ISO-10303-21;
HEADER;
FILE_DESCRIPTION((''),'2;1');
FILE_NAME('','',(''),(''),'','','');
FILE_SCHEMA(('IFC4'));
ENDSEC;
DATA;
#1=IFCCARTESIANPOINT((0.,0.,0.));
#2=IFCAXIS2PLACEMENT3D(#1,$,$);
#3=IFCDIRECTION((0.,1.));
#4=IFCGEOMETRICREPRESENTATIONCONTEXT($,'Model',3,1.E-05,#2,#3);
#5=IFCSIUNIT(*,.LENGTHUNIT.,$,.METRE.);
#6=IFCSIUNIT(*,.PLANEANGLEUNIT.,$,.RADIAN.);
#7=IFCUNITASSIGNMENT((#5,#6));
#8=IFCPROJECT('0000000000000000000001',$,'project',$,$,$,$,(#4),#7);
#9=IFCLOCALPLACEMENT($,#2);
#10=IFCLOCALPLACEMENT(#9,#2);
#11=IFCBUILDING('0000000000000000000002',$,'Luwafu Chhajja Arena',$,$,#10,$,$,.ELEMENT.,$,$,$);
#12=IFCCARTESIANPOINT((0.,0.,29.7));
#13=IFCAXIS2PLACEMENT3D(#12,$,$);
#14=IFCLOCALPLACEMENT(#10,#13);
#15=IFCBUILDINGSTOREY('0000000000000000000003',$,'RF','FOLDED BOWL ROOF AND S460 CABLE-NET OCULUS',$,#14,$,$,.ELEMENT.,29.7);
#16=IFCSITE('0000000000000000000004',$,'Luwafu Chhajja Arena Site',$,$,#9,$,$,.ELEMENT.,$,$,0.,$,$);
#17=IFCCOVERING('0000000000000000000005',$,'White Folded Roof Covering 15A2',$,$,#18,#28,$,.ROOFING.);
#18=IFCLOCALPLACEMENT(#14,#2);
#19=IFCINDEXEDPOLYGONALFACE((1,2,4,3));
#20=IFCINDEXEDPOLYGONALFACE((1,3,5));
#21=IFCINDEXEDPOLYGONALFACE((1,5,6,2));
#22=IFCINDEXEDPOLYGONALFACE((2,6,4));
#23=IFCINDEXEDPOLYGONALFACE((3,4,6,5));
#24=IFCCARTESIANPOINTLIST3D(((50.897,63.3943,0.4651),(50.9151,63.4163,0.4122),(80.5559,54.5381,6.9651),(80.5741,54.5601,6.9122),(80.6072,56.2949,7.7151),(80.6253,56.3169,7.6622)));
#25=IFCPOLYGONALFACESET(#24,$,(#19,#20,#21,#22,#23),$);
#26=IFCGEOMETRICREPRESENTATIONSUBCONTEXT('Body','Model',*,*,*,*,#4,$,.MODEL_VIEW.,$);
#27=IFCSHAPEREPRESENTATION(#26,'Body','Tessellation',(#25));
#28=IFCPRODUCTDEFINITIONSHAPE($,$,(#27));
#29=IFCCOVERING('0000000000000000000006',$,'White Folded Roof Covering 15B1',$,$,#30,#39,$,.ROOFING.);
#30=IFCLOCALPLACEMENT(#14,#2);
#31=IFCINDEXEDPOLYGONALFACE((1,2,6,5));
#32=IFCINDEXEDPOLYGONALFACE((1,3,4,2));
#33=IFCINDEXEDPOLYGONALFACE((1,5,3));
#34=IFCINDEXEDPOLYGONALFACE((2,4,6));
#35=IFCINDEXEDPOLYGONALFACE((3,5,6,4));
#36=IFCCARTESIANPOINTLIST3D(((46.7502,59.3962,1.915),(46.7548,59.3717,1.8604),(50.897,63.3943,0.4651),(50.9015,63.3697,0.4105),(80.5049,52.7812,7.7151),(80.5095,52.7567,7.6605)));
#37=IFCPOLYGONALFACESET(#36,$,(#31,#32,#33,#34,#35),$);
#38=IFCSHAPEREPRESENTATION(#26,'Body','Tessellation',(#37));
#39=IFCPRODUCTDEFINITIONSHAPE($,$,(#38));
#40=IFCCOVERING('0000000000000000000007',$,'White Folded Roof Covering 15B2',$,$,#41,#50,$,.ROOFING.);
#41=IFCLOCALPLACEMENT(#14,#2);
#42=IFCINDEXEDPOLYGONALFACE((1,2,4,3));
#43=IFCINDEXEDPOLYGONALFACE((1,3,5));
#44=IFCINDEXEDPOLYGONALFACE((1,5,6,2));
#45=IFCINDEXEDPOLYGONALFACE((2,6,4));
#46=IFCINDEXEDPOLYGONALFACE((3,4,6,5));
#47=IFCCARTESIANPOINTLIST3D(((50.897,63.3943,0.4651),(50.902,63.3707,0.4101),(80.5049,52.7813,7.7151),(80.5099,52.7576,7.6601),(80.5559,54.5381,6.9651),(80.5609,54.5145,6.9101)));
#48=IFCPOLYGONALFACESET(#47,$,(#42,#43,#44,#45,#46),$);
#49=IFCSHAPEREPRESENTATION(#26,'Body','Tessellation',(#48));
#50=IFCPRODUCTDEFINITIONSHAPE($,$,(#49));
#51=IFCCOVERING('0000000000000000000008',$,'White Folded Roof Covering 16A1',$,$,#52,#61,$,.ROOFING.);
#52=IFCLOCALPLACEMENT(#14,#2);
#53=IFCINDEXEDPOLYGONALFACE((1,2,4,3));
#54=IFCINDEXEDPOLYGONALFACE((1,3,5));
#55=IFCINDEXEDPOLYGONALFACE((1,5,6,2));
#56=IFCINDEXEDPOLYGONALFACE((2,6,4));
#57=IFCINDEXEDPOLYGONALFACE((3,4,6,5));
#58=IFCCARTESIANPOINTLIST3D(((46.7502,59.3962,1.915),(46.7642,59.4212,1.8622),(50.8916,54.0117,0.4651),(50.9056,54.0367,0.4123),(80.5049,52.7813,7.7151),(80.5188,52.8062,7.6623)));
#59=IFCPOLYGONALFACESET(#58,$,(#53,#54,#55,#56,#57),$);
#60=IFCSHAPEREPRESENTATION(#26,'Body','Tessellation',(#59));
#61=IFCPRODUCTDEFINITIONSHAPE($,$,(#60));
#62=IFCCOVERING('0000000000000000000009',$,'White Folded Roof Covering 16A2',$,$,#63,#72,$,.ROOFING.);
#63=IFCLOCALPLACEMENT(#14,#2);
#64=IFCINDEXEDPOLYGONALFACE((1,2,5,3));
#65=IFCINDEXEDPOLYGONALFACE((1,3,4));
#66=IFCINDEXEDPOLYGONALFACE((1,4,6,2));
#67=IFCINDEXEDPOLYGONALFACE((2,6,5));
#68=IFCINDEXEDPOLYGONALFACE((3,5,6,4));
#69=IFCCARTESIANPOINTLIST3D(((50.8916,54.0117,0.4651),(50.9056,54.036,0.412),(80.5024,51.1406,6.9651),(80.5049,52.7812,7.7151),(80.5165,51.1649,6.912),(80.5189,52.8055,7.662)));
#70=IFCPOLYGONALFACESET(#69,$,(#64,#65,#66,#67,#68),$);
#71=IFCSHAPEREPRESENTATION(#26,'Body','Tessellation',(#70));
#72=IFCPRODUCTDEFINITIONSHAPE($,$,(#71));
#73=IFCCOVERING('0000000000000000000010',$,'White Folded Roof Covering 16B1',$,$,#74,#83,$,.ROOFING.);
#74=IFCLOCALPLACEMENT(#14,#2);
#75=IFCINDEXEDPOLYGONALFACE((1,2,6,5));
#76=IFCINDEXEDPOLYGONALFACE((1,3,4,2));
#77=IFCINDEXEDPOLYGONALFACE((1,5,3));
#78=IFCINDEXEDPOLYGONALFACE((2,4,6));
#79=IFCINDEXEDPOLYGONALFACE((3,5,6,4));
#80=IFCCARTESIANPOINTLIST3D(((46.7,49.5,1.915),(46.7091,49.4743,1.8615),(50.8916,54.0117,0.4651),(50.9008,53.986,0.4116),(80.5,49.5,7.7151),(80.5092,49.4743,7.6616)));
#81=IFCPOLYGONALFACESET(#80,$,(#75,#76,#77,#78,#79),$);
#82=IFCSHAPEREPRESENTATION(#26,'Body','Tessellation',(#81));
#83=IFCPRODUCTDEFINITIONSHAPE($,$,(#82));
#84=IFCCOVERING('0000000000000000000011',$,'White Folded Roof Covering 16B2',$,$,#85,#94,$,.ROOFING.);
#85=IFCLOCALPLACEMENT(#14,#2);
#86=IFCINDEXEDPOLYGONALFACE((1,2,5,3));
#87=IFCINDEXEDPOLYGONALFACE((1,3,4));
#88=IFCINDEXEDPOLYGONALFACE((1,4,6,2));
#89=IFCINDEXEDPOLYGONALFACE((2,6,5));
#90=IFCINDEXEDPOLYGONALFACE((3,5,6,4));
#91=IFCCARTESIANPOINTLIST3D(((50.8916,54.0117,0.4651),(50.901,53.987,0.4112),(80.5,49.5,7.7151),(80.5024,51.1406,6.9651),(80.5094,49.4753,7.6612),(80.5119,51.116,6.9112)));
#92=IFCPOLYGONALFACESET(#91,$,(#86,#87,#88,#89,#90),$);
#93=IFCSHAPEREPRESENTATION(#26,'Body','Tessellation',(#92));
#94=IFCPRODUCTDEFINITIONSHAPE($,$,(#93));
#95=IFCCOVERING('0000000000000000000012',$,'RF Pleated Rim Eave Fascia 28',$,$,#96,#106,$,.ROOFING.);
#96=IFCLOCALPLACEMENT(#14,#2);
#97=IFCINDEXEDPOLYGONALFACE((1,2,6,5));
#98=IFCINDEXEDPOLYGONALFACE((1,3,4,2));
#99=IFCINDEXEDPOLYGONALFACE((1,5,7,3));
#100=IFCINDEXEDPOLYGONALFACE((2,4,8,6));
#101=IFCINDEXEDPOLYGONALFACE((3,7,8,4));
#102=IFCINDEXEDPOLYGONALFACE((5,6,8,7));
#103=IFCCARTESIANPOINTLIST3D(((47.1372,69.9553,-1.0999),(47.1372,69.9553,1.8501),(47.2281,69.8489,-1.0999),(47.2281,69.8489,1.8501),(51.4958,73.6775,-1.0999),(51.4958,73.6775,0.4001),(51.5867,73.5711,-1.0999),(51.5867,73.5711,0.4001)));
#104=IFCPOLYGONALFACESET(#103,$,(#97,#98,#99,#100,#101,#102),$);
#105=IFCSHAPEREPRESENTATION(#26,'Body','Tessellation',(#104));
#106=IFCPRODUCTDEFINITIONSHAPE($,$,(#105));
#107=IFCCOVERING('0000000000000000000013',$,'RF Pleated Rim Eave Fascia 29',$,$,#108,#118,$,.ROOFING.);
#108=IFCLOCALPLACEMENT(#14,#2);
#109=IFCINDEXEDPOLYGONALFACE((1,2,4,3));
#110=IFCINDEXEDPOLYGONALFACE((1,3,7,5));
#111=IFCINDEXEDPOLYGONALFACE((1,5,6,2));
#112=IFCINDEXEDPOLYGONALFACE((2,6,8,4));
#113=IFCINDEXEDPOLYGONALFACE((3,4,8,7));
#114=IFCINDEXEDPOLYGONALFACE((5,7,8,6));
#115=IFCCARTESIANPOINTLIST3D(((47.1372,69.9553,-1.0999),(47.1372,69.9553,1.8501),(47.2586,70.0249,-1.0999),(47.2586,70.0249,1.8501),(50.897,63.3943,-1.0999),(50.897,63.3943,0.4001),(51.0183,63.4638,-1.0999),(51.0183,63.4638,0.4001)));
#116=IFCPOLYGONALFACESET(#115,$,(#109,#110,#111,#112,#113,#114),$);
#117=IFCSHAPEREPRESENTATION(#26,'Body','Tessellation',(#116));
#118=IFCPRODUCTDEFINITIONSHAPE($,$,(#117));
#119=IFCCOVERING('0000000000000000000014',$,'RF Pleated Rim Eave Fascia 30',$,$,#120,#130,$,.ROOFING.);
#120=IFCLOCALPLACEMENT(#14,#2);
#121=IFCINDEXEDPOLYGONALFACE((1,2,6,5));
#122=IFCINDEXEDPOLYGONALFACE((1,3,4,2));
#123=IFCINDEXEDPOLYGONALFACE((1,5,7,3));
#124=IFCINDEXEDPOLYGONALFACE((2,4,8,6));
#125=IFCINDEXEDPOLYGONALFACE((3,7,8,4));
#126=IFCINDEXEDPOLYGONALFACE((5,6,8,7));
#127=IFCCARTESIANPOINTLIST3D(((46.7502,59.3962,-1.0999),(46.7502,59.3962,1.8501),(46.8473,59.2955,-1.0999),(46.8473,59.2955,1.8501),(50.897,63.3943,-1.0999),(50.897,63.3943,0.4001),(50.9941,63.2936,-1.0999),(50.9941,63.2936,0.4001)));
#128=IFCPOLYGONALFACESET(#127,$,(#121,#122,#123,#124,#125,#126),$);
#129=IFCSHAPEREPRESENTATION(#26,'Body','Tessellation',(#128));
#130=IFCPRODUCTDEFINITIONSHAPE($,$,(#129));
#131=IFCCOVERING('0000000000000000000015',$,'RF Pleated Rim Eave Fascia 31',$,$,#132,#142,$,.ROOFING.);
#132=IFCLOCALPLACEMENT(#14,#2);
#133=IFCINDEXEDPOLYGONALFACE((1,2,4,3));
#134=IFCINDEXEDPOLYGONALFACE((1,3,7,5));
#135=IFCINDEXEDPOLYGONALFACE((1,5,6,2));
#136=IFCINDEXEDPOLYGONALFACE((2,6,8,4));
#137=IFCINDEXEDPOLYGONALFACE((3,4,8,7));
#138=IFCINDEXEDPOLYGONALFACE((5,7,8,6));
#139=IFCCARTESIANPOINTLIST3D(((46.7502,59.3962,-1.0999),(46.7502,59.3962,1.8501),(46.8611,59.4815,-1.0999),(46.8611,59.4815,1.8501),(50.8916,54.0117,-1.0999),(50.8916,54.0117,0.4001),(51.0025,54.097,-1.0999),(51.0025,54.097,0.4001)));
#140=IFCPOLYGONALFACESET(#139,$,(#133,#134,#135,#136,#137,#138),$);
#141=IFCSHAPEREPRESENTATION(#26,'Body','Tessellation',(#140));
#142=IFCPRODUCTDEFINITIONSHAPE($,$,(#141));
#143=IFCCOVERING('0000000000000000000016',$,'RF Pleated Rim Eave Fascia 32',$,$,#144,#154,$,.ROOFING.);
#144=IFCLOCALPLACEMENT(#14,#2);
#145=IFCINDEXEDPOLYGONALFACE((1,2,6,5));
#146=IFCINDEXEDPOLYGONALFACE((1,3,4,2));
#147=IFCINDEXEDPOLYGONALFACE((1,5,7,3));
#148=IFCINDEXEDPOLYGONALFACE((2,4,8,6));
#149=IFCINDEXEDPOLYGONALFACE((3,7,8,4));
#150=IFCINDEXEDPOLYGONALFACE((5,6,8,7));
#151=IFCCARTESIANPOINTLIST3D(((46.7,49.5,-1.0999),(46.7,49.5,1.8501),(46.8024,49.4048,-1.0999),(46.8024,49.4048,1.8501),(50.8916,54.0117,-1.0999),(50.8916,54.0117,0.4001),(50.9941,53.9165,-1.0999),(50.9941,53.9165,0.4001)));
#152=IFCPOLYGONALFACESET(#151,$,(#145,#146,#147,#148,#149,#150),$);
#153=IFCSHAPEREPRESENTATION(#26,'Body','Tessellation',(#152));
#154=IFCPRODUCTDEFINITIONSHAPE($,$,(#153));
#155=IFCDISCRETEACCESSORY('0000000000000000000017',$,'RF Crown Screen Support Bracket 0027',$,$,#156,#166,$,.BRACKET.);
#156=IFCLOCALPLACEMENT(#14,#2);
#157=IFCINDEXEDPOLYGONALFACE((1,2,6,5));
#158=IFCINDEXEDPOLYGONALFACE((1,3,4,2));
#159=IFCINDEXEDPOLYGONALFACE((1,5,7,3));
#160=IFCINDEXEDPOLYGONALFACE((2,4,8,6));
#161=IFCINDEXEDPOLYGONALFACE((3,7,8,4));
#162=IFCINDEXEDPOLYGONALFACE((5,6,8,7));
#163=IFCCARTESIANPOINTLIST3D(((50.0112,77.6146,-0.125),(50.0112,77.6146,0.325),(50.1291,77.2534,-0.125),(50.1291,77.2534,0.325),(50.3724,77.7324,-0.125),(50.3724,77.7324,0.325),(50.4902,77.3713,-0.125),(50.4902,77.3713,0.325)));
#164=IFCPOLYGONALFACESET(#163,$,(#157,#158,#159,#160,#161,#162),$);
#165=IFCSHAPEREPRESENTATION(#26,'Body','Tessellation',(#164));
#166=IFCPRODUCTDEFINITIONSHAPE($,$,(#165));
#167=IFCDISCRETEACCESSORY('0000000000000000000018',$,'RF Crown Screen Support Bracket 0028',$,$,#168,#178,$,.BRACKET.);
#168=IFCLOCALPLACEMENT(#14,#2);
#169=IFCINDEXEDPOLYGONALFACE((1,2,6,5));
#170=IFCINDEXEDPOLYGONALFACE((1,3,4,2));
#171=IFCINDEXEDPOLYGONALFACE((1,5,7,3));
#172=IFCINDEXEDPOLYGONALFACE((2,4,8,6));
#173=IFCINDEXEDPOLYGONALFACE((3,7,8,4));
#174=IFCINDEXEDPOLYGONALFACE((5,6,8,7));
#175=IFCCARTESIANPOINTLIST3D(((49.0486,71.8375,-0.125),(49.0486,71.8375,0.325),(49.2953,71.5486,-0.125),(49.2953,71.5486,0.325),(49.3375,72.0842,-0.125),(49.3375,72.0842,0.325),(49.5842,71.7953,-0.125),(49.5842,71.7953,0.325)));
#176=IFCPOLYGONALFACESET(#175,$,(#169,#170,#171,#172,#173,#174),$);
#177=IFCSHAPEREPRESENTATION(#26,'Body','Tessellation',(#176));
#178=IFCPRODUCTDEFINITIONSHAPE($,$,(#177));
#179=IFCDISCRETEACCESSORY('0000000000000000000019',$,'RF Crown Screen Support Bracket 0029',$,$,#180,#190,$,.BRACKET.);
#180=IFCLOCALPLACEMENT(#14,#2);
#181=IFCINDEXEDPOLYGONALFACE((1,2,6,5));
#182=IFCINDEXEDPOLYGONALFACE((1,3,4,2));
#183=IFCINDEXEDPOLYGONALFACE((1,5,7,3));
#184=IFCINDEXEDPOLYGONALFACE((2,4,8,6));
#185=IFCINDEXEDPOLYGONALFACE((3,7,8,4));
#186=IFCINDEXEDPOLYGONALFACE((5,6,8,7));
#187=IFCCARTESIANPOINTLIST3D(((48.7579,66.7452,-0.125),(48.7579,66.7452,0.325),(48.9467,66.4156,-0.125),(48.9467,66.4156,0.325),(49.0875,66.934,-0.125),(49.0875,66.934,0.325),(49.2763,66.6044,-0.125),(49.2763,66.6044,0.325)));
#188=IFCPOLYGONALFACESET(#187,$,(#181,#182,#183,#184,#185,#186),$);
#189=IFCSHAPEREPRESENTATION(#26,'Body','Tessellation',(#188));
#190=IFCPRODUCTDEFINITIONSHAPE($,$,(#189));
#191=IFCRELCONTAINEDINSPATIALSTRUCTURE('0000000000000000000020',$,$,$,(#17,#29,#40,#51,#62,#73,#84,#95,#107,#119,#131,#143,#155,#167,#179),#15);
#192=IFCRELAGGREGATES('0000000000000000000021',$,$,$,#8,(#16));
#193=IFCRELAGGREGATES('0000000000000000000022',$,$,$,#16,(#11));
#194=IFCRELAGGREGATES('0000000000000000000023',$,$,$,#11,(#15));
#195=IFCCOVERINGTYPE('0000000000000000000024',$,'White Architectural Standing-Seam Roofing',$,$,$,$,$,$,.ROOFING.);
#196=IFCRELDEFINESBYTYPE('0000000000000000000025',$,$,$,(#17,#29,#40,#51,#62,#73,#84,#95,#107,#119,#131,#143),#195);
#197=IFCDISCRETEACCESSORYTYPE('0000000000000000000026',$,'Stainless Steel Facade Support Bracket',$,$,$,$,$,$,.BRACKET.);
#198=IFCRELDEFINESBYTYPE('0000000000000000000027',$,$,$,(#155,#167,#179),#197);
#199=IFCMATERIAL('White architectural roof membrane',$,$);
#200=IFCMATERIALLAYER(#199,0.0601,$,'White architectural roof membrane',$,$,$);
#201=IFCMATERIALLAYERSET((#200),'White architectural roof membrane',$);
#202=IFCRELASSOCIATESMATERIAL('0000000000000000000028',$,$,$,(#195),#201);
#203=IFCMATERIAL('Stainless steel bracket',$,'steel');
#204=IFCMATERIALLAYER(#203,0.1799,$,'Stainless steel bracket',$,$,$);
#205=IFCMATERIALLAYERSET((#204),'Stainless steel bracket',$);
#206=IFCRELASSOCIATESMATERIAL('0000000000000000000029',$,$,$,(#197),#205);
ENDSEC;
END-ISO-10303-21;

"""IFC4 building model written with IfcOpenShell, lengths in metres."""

from ifc_helpers import new_model, si_unit, direction, frame, origin, origin_2d, place, context, subcontext, project, spatial, polyline, rectangle, outline, extrude, material, layer, layer_set, type_object, element, save


model = new_model("IFC4")

# Units and contexts
model_context = context("Model", 3, precision=1e-05, world=origin(), true_north=direction((0.0, 1.0)))
body_context = subcontext(model_context, "Body", "Model", "MODEL_VIEW")
ifc_project = project(units=[si_unit("LENGTHUNIT", "METRE"), si_unit("PLANEANGLEUNIT", "RADIAN")], contexts=[model_context])

# Site, building, storey
site_placement = place(None, origin())
site = spatial("IfcSite", under=ifc_project, at=site_placement, Name="Luwafu Chhajja Arena Site", CompositionType="ELEMENT", RefElevation=0.0)
building_placement = place(site_placement, origin())
building = spatial("IfcBuilding", under=site, at=building_placement, Name="Luwafu Chhajja Arena", CompositionType="ELEMENT")
storey_placement = place(building_placement, frame((0.0, 0.0, 29.7)))
storey = spatial("IfcBuildingStorey", under=building, at=storey_placement, Name="RF", Description="FOLDED BOWL ROOF AND S460 CABLE-NET OCULUS", CompositionType="ELEMENT", Elevation=29.7)

# Coverings
ifc_material_1 = material(Name="White architectural roof membrane")
ifc_layer_1 = layer(ifc_material_1, 0.0601, Name="White architectural roof membrane")
ifc_layer_set_1 = layer_set([ifc_layer_1], Name="White architectural roof membrane")
covering_type = type_object("IfcCoveringType", Name="White Architectural Standing-Seam Roofing", PredefinedType="ROOFING", material=ifc_layer_set_1)
covering_1_placement = place(storey_placement, frame((50.897, 63.3943, 0.4651), z_axis=(-0.302337, -0.366772, 0.879813), x_axis=(0.937741, -0.280011, 0.205514)))
element("IfcCovering", 1, at=covering_1_placement, inside=storey, type_object=covering_type, Name="White Folded Roof Covering 15A2", PredefinedType="ROOFING", context=body_context, shape_type="SweptSolid", body=[
    extrude(outline(polyline([(0.0, 0.0), (31.6281, 0.0), (31.3383, 1.8888), (0.0, 0.0)])), origin(), (0.0, 0.0, -1.0), 0.0601),
])
covering_2_placement = place(storey_placement, frame((50.897, 63.3943, 0.4651), z_axis=(-0.076153, 0.408807, 0.909438), x_axis=(-0.698117, -0.673086, 0.244105)))
element("IfcCovering", 2, at=covering_2_placement, inside=storey, type_object=covering_type, Name="White Folded Roof Covering 15B1", PredefinedType="ROOFING", context=body_context, shape_type="SweptSolid", body=[
    extrude(outline(polyline([(0.0, 0.0), (5.9399, 0.0), (-11.7565, 30.0601), (0.0, 0.0)])), origin(), (0.0, 0.0, -1.0), 0.0601),
])
covering_3_placement = place(storey_placement, frame((50.897, 63.3943, 0.4651), z_axis=(-0.083227, 0.393305, 0.915633), x_axis=(0.917297, -0.328808, 0.224616)))
element("IfcCovering", 3, at=covering_3_placement, inside=storey, type_object=covering_type, Name="White Folded Roof Covering 15B2", PredefinedType="ROOFING", context=body_context, shape_type="SweptSolid", body=[
    extrude(outline(polyline([(0.0, 0.0), (32.2774, 0.0), (31.578, 1.7784), (0.0, 0.0)])), origin(), (0.0, 0.0, -1.0), 0.0601),
])
covering_4_placement = place(storey_placement, frame((46.7502, 59.3962, 1.915), z_axis=(-0.232543, -0.415634, 0.879302), x_axis=(0.596226, -0.775203, -0.208748)))
element("IfcCovering", 4, at=covering_4_placement, inside=storey, type_object=covering_type, Name="White Folded Roof Covering 16A1", PredefinedType="ROOFING", context=body_context, shape_type="SweptSolid", body=[
    extrude(outline(polyline([(0.0, 0.0), (6.946, 0.0), (24.0426, 25.2731), (0.0, 0.0)])), origin(), (0.0, 0.0, -1.0), 0.0601),
])
covering_5_placement = place(storey_placement, frame((50.8916, 54.0117, 0.4651), z_axis=(-0.233332, -0.403996, 0.884502), x_axis=(0.972393, -0.094284, 0.213454)))
element("IfcCovering", 5, at=covering_5_placement, inside=storey, type_object=covering_type, Name="White Folded Roof Covering 16A2", PredefinedType="ROOFING", context=body_context, shape_type="SweptSolid", body=[
    extrude(outline(polyline([(0.0, 0.0), (30.4515, 0.0), (30.4593, 1.8039), (0.0, 0.0)])), origin(), (0.0, 0.0, -1.0), 0.0601),
])
covering_6_placement = place(storey_placement, frame((50.8916, 54.0117, 0.4651), z_axis=(-0.152835, 0.428226, 0.890654), x_axis=(-0.662527, -0.713117, 0.229178)))
element("IfcCovering", 6, at=covering_6_placement, inside=storey, type_object=covering_type, Name="White Folded Roof Covering 16B1", PredefinedType="ROOFING", context=body_context, shape_type="SweptSolid", body=[
    extrude(outline(polyline([(0.0, 0.0), (6.3268, 0.0), (-14.7374, 27.0626), (0.0, 0.0)])), origin(), (0.0, 0.0, -1.0), 0.0601),
])
covering_7_placement = place(storey_placement, frame((50.8916, 54.0117, 0.4651), z_axis=(-0.157308, 0.410777, 0.898063), x_axis=(0.960838, -0.146412, 0.235274)))
element("IfcCovering", 7, at=covering_7_placement, inside=storey, type_object=covering_type, Name="White Folded Roof Covering 16B2", PredefinedType="ROOFING", context=body_context, shape_type="SweptSolid", body=[
    extrude(outline(polyline([(0.0, 0.0), (30.8152, 0.0), (30.4009, 1.7557), (0.0, 0.0)])), origin(), (0.0, 0.0, -1.0), 0.0601),
])
covering_8_placement = place(storey_placement, frame((51.4958, 73.6775, -1.0999), z_axis=(-0.649401, 0.760446, 0.0), x_axis=(-0.760446, -0.649401, 0.0)))
element("IfcCovering", 8, at=covering_8_placement, inside=storey, type_object=covering_type, Name="RF Pleated Rim Eave Fascia 28", PredefinedType="ROOFING", context=body_context, shape_type="SweptSolid", body=[
    extrude(outline(polyline([(0.0, 0.0), (5.7317, 0.0), (5.7317, 2.95), (0.0, 1.5), (0.0, 0.0)])), origin(), (0.0, 0.0, -1.0), 0.1399),
])
covering_9_placement = place(storey_placement, frame((47.1372, 69.9553, -1.0999), z_axis=(-0.867639, -0.497196, 0.0), x_axis=(0.497196, -0.867639, 0.0)))
element("IfcCovering", 9, at=covering_9_placement, inside=storey, type_object=covering_type, Name="RF Pleated Rim Eave Fascia 29", PredefinedType="ROOFING", context=body_context, shape_type="SweptSolid", body=[
    extrude(outline(polyline([(0.0, 0.0), (7.5619, 0.0), (7.5619, 1.5), (0.0, 2.95), (0.0, 0.0)])), origin(), (0.0, 0.0, -1.0), 0.1399),
])
covering_10_placement = place(storey_placement, frame((50.897, 63.3943, -1.0999), z_axis=(-0.694083, 0.719895, 0.0), x_axis=(-0.719895, -0.694083, 0.0)))
element("IfcCovering", 10, at=covering_10_placement, inside=storey, type_object=covering_type, Name="RF Pleated Rim Eave Fascia 30", PredefinedType="ROOFING", context=body_context, shape_type="SweptSolid", body=[
    extrude(outline(polyline([(0.0, 0.0), (5.7602, 0.0), (5.7602, 2.95), (0.0, 1.5), (0.0, 0.0)])), origin(), (0.0, 0.0, -1.0), 0.1399),
])
covering_11_placement = place(storey_placement, frame((46.7502, 59.3962, -1.0999), z_axis=(-0.792665, -0.609657, 0.0), x_axis=(0.609657, -0.792665, 0.0)))
element("IfcCovering", 11, at=covering_11_placement, inside=storey, type_object=covering_type, Name="RF Pleated Rim Eave Fascia 31", PredefinedType="ROOFING", context=body_context, shape_type="SweptSolid", body=[
    extrude(outline(polyline([(0.0, 0.0), (6.7929, 0.0), (6.7929, 1.5), (0.0, 2.95), (0.0, 0.0)])), origin(), (0.0, 0.0, -1.0), 0.1399),
])
covering_12_placement = place(storey_placement, frame((50.8916, 54.0117, -1.0999), z_axis=(-0.732616, 0.680643, 0.0), x_axis=(-0.680643, -0.732616, 0.0)))
element("IfcCovering", 12, at=covering_12_placement, inside=storey, type_object=covering_type, Name="RF Pleated Rim Eave Fascia 32", PredefinedType="ROOFING", context=body_context, shape_type="SweptSolid", body=[
    extrude(outline(polyline([(0.0, 0.0), (6.1584, 0.0), (6.1584, 2.95), (0.0, 1.5), (0.0, 0.0)])), origin(), (0.0, 0.0, -1.0), 0.1399),
])

# Discrete accessories
ifc_material_2 = material(Name="Stainless steel bracket", Category="steel")
ifc_layer_2 = layer(ifc_material_2, 0.1799, Name="Stainless steel bracket")
ifc_layer_set_2 = layer_set([ifc_layer_2], Name="Stainless steel bracket")
discrete_accessory_type = type_object("IfcDiscreteAccessoryType", Name="Stainless Steel Facade Support Bracket", PredefinedType="BRACKET", material=ifc_layer_set_2)
for number, where, z_axis, x_axis, name in (
    (13, (50.2507, 77.4929, -0.125), (0.0, 0.0, 1.0), (0.310226, -0.950663, 0.0), "RF Crown Screen Support Bracket 0027"),
    (14, (49.3164, 71.8164, -0.125), (0.0, 0.0, 1.0), (-0.760439, -0.64941, 0.0), "RF Crown Screen Support Bracket 0028"),
    (15, (49.0171, 66.6748, -0.125), (0.0, 0.0, 1.0), (0.497201, -0.867635, 0.0), "RF Crown Screen Support Bracket 0029"),
):
    element("IfcDiscreteAccessory", number, at=place(storey_placement, frame(where, z_axis=z_axis, x_axis=x_axis)), inside=storey, type_object=discrete_accessory_type, Name=name, PredefinedType="BRACKET", context=body_context, shape_type="SweptSolid", body=[
        extrude(rectangle(XDim=0.3799, YDim=0.3799, at=origin_2d()), origin(), (0.0, 0.0, 1.0), 0.45),
    ])

save(model, "model.ifc")
